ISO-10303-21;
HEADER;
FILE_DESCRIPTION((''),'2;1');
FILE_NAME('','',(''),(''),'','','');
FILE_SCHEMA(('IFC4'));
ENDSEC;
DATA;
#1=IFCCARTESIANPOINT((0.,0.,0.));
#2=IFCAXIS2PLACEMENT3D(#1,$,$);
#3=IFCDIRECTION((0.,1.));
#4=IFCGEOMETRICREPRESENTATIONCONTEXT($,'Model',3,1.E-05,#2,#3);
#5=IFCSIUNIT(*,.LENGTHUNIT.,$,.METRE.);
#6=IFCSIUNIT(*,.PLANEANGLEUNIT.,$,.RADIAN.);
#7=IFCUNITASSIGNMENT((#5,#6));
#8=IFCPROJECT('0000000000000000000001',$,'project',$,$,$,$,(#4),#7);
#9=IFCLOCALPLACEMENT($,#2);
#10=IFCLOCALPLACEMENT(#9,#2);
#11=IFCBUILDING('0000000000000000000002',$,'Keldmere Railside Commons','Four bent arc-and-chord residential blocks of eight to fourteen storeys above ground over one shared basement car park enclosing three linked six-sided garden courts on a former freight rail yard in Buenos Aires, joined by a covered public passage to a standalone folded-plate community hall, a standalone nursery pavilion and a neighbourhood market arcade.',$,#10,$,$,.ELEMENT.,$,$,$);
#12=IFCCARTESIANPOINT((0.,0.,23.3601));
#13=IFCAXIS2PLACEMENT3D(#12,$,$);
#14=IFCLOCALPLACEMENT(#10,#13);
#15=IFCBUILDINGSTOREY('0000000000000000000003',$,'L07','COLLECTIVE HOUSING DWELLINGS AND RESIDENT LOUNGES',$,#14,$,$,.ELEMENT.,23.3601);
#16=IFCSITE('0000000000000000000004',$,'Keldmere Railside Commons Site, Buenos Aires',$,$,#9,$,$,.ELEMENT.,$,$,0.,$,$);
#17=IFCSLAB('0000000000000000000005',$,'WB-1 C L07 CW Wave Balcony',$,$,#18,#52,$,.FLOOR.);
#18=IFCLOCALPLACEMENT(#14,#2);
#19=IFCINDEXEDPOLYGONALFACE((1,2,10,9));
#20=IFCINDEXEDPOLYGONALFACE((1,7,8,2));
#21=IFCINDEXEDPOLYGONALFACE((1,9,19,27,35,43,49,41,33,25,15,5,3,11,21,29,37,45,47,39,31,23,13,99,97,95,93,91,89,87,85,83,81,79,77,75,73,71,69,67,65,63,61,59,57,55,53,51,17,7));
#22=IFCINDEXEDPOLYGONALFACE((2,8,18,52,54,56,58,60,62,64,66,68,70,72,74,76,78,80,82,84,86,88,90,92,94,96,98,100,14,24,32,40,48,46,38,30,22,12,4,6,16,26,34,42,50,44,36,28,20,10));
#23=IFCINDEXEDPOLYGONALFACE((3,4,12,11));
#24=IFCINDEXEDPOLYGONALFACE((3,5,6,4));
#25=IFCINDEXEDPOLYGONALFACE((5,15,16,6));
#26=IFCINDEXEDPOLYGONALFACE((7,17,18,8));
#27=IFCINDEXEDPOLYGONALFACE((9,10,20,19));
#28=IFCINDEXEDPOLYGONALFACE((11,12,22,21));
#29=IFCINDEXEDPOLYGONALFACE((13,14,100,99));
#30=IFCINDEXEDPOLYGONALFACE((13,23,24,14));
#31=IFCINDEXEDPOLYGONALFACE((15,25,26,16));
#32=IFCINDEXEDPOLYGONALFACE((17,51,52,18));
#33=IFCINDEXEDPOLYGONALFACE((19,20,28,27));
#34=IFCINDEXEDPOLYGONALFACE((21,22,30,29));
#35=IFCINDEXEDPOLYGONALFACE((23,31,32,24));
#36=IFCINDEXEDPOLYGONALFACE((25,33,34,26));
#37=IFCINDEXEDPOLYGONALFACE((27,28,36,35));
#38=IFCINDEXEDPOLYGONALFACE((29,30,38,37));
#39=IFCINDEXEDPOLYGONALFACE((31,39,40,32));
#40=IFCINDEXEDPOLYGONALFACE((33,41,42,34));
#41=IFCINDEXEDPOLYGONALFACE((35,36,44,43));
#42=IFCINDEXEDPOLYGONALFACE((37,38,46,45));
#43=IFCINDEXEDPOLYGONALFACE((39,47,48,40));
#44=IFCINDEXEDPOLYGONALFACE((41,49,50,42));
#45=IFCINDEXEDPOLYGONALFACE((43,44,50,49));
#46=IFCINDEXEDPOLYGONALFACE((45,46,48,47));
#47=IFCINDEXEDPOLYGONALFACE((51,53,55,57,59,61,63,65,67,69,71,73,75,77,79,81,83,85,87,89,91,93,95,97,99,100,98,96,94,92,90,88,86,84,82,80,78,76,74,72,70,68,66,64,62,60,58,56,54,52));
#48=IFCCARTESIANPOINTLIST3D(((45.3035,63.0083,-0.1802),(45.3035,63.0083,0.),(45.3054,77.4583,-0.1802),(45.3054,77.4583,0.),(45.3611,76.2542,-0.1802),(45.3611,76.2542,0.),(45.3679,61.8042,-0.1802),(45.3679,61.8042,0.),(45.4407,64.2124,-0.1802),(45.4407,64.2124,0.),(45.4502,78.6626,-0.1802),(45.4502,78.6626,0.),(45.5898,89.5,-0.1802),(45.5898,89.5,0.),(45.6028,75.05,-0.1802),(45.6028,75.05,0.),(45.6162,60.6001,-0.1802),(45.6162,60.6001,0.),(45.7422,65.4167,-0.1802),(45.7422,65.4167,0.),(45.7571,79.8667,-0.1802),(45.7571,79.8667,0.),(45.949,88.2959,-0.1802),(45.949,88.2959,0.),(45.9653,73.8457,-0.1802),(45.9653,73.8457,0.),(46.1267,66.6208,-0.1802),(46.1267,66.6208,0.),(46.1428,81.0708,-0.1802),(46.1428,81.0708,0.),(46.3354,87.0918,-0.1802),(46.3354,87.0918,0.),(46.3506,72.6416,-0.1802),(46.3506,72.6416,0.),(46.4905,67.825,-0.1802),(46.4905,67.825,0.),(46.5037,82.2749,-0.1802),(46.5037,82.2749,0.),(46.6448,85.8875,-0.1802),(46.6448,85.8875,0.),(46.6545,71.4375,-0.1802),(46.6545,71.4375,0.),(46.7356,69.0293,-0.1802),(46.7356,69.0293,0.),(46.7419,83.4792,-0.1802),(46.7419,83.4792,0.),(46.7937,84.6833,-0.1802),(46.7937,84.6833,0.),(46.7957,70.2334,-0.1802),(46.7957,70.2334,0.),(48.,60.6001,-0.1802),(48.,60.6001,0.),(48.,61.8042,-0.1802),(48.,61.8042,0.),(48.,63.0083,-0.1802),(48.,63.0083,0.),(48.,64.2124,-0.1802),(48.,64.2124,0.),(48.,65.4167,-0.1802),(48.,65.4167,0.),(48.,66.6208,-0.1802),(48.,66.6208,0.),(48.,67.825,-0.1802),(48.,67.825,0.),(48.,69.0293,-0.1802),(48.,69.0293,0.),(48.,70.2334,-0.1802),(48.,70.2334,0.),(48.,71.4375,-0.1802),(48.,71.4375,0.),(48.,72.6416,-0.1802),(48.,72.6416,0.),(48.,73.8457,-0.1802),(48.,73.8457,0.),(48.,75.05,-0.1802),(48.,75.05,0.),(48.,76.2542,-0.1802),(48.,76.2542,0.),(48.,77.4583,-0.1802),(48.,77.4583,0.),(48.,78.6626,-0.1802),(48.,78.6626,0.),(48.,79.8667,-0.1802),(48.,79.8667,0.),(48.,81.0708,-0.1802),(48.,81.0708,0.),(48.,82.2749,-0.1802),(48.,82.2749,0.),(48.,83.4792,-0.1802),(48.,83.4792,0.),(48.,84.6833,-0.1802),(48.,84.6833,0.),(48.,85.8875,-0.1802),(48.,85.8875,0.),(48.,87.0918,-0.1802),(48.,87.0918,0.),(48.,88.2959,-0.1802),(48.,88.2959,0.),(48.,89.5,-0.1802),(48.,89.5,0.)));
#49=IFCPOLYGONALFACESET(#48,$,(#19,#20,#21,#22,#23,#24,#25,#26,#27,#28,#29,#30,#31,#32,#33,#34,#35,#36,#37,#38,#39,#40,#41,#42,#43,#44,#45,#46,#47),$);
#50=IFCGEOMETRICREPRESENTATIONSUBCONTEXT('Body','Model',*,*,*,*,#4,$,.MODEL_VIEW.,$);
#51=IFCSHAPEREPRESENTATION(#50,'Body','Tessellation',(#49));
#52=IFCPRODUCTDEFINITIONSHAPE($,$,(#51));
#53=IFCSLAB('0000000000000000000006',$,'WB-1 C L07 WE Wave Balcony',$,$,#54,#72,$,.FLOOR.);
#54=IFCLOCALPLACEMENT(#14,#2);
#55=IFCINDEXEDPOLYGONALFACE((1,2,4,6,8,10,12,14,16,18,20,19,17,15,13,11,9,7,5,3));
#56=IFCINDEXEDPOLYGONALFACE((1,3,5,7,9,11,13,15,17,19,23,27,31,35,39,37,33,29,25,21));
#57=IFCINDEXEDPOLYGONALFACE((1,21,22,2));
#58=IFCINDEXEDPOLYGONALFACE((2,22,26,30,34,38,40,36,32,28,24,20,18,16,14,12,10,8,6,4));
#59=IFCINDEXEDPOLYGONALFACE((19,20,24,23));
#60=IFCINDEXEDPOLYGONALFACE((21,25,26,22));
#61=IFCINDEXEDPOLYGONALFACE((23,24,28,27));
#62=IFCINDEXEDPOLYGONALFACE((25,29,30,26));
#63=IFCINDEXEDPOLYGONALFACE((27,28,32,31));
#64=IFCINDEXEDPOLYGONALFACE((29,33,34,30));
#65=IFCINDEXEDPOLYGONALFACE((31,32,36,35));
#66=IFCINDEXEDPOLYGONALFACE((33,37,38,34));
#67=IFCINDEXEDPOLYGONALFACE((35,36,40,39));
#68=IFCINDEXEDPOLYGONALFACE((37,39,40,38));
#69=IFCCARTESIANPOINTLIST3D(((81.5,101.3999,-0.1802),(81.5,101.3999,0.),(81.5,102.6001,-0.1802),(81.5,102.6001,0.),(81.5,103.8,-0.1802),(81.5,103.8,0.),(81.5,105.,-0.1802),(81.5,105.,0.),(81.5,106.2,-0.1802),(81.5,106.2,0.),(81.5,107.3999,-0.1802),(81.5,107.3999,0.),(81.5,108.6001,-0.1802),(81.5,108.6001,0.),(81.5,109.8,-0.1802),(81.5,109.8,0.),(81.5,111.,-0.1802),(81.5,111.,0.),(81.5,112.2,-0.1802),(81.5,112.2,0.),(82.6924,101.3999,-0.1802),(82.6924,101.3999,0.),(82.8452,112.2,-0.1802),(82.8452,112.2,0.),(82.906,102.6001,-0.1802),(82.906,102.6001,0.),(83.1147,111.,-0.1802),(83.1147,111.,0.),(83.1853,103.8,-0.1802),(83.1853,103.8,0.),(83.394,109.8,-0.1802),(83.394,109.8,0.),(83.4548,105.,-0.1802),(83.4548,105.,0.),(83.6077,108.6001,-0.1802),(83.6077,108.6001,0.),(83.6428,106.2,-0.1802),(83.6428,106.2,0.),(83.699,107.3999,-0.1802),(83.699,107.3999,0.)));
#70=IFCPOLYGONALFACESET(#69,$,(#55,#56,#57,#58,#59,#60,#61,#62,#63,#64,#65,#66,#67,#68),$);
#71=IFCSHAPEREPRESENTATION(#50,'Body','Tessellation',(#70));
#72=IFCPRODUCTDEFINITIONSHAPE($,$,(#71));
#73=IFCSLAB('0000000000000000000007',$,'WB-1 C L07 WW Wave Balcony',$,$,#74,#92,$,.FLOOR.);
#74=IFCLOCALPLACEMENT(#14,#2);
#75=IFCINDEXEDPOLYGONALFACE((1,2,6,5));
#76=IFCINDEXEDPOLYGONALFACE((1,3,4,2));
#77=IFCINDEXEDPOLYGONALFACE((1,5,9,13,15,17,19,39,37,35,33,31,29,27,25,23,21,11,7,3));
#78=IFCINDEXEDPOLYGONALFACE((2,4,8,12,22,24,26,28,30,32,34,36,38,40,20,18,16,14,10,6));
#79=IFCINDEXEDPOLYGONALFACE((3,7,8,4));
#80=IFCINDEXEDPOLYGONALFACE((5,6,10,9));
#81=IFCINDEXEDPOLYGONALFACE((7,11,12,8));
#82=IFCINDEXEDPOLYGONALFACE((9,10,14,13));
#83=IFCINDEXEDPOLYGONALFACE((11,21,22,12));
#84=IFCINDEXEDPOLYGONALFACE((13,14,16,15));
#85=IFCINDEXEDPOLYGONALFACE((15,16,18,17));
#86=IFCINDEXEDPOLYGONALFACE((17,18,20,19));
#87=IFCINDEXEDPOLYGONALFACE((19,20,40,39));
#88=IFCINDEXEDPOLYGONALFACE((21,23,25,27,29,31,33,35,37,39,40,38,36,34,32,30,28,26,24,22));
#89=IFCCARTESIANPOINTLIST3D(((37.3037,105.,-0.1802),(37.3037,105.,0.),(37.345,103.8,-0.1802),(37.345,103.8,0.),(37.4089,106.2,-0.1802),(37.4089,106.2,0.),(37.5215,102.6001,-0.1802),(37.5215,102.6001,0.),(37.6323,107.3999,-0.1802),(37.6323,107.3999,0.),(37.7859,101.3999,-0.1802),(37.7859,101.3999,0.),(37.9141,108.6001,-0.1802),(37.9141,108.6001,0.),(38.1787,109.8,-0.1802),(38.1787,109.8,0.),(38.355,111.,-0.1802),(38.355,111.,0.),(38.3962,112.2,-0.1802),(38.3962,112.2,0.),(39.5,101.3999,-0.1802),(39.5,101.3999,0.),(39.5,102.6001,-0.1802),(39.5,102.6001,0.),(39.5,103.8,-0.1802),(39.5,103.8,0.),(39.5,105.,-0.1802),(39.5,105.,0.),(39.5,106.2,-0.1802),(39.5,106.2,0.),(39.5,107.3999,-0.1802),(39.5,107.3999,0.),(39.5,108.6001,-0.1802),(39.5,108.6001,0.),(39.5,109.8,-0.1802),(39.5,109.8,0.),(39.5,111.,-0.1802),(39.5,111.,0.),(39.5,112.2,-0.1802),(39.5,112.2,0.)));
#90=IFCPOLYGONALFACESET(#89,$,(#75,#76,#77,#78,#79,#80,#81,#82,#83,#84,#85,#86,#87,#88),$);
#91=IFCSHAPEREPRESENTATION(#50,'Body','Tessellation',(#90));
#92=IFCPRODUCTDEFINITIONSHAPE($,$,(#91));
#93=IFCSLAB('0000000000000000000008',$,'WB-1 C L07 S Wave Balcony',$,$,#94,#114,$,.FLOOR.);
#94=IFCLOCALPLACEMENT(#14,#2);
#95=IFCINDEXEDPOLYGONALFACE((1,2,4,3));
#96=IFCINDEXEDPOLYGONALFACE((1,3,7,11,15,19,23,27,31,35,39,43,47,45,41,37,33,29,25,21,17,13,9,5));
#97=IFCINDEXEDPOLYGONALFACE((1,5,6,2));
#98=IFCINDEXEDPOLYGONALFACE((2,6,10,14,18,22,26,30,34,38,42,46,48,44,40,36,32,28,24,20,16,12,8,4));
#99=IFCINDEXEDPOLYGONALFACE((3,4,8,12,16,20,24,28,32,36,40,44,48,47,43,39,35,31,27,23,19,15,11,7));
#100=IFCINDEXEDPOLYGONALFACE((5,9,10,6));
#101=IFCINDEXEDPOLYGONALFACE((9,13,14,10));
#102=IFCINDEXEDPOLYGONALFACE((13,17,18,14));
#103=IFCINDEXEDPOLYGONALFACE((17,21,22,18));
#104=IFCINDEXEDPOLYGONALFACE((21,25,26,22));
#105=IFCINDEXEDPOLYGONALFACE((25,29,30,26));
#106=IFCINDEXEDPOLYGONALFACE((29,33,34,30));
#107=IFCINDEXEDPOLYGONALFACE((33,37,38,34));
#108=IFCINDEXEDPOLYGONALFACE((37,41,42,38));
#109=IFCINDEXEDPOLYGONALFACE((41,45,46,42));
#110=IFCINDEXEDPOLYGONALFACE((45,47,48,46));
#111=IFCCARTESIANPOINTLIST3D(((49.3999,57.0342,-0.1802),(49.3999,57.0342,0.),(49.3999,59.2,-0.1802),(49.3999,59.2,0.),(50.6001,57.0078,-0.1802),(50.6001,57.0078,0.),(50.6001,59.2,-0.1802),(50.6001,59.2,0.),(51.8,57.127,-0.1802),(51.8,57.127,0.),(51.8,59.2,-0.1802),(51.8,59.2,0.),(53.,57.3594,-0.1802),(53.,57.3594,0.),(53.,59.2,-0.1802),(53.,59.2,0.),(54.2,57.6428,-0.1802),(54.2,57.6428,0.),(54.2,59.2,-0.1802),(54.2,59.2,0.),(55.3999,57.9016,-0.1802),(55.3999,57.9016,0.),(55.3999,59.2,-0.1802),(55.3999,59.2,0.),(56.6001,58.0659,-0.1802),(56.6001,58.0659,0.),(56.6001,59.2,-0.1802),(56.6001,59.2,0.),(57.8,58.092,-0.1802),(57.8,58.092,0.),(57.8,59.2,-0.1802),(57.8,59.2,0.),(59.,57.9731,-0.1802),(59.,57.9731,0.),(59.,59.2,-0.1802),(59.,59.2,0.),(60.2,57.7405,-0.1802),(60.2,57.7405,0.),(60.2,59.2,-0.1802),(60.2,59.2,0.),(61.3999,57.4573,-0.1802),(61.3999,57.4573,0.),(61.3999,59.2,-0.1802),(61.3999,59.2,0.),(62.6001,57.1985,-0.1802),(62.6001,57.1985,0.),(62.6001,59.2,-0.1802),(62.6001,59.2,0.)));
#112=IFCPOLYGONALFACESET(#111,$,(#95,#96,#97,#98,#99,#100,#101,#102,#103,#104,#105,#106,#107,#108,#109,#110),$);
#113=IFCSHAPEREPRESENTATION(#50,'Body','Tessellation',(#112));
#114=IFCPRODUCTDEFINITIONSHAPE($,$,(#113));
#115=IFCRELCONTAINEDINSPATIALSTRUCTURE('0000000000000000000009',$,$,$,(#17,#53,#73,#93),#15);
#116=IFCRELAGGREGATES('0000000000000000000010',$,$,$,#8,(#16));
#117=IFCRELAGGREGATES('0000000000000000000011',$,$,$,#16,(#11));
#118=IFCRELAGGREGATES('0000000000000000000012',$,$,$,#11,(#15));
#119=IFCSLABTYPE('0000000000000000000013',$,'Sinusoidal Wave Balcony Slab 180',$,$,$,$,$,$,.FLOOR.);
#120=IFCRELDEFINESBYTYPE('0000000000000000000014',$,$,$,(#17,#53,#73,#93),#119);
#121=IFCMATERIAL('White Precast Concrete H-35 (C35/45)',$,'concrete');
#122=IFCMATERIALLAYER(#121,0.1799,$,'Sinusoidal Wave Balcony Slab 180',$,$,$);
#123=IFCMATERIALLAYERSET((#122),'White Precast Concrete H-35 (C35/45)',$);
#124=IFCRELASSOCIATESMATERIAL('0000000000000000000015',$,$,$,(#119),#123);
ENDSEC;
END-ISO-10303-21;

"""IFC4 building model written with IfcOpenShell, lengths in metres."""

from ifc_helpers import new_model, si_unit, direction, frame, origin, place, context, subcontext, project, spatial, polyline, outline, extrude, material, layer, layer_set, type_object, element, save


model = new_model("IFC4")

# Units and contexts
model_context = context("Model", 3, precision=1e-05, world=origin(), true_north=direction((0.0, 1.0)))
body_context = subcontext(model_context, "Body", "Model", "MODEL_VIEW")
ifc_project = project(units=[si_unit("LENGTHUNIT", "METRE"), si_unit("PLANEANGLEUNIT", "RADIAN")], contexts=[model_context])

# Site, building, storey
site_placement = place(None, origin())
site = spatial("IfcSite", under=ifc_project, at=site_placement, Name="Keldmere Railside Commons Site, Buenos Aires", CompositionType="ELEMENT", RefElevation=0.0)
building_placement = place(site_placement, origin())
building = spatial("IfcBuilding", under=site, at=building_placement, Name="Keldmere Railside Commons", Description="Four bent arc-and-chord residential blocks of eight to fourteen storeys above ground over one shared basement car park enclosing three linked six-sided garden courts on a former freight rail yard in Buenos Aires, joined by a covered public passage to a standalone folded-plate community hall, a standalone nursery pavilion and a neighbourhood market arcade.", CompositionType="ELEMENT")
storey_placement = place(building_placement, frame((0.0, 0.0, 23.3601)))
storey = spatial("IfcBuildingStorey", under=building, at=storey_placement, Name="L07", Description="COLLECTIVE HOUSING DWELLINGS AND RESIDENT LOUNGES", CompositionType="ELEMENT", Elevation=23.3601)

# Slabs
ifc_material_1 = material(Name="White Precast Concrete H-35 (C35/45)", Category="concrete")
ifc_layer_1 = layer(ifc_material_1, 0.1799, Name="Sinusoidal Wave Balcony Slab 180")
ifc_layer_set_1 = layer_set([ifc_layer_1], Name="White Precast Concrete H-35 (C35/45)")
slab_type_1 = type_object("IfcSlabType", Name="Sinusoidal Wave Balcony Slab 180", PredefinedType="FLOOR", material=ifc_layer_set_1)
slab_1_placement = place(storey_placement, frame((0.0, 0.0, -0.1802)))
element("IfcSlab", 1, at=slab_1_placement, inside=storey, type_object=slab_type_1, Name="WB-1 C L07 CW Wave Balcony", PredefinedType="FLOOR", context=body_context, shape_type="SweptSolid", body=[
    extrude(outline(polyline([(48.0, 60.6001), (48.0, 61.8042), (48.0, 63.0083), (48.0, 64.2124), (48.0, 65.4167), (48.0, 66.6208), (48.0, 67.825), (48.0, 69.0293), (48.0, 70.2334), (48.0, 71.4375), (48.0, 72.6416), (48.0, 73.8457), (48.0, 75.05), (48.0, 76.2542), (48.0, 77.4583), (48.0, 78.6626), (48.0, 79.8667), (48.0, 81.0708), (48.0, 82.2749), (48.0, 83.4792), (48.0, 84.6833), (48.0, 85.8875), (48.0, 87.0918), (48.0, 88.2959), (48.0, 89.5), (45.5898, 89.5), (45.949, 88.2959), (46.3354, 87.0918), (46.6448, 85.8875), (46.7937, 84.6833), (46.7419, 83.4792), (46.5037, 82.2749), (46.1428, 81.0708), (45.7571, 79.8667), (45.4502, 78.6626), (45.3054, 77.4583), (45.3611, 76.2542), (45.6028, 75.05), (45.9653, 73.8457), (46.3506, 72.6416), (46.6545, 71.4375), (46.7957, 70.2334), (46.7356, 69.0293), (46.4905, 67.825), (46.1267, 66.6208), (45.7422, 65.4167), (45.4407, 64.2124), (45.3035, 63.0083), (45.3679, 61.8042), (45.6162, 60.6001), (48.0, 60.6001)])), origin(), (0.0, 0.0, 1.0), 0.1802),
])
slab_2_placement = place(storey_placement, frame((0.0, 0.0, -0.1802)))
element("IfcSlab", 2, at=slab_2_placement, inside=storey, type_object=slab_type_1, Name="WB-1 C L07 WE Wave Balcony", PredefinedType="FLOOR", context=body_context, shape_type="SweptSolid", body=[
    extrude(outline(polyline([(82.6924, 101.3999), (82.906, 102.6001), (83.1853, 103.8), (83.4548, 105.0), (83.6428, 106.2), (83.699, 107.3999), (83.6077, 108.6001), (83.394, 109.8), (83.1147, 111.0), (82.8452, 112.2), (81.5, 112.2), (81.5, 111.0), (81.5, 109.8), (81.5, 108.6001), (81.5, 107.3999), (81.5, 106.2), (81.5, 105.0), (81.5, 103.8), (81.5, 102.6001), (81.5, 101.3999), (82.6924, 101.3999)])), origin(), (0.0, 0.0, 1.0), 0.1802),
])
slab_3_placement = place(storey_placement, frame((0.0, 0.0, -0.1802)))
element("IfcSlab", 3, at=slab_3_placement, inside=storey, type_object=slab_type_1, Name="WB-1 C L07 WW Wave Balcony", PredefinedType="FLOOR", context=body_context, shape_type="SweptSolid", body=[
    extrude(outline(polyline([(39.5, 101.3999), (39.5, 102.6001), (39.5, 103.8), (39.5, 105.0), (39.5, 106.2), (39.5, 107.3999), (39.5, 108.6001), (39.5, 109.8), (39.5, 111.0), (39.5, 112.2), (38.3962, 112.2), (38.355, 111.0), (38.1787, 109.8), (37.9141, 108.6001), (37.6323, 107.3999), (37.4089, 106.2), (37.3037, 105.0), (37.345, 103.8), (37.5215, 102.6001), (37.7859, 101.3999), (39.5, 101.3999)])), origin(), (0.0, 0.0, 1.0), 0.1802),
])
slab_4_placement = place(storey_placement, frame((0.0, 0.0, -0.1802)))
element("IfcSlab", 4, at=slab_4_placement, inside=storey, type_object=slab_type_1, Name="WB-1 C L07 S Wave Balcony", PredefinedType="FLOOR", context=body_context, shape_type="SweptSolid", body=[
    extrude(outline(polyline([(49.3999, 57.0342), (50.6001, 57.0078), (51.8, 57.127), (53.0, 57.3594), (54.2, 57.6428), (55.3999, 57.9016), (56.6001, 58.0659), (57.8, 58.092), (59.0, 57.9731), (60.2, 57.7405), (61.3999, 57.4573), (62.6001, 57.1985), (62.6001, 59.2), (61.3999, 59.2), (60.2, 59.2), (59.0, 59.2), (57.8, 59.2), (56.6001, 59.2), (55.3999, 59.2), (54.2, 59.2), (53.0, 59.2), (51.8, 59.2), (50.6001, 59.2), (49.3999, 59.2), (49.3999, 57.0342)])), origin(), (0.0, 0.0, 1.0), 0.1802),
])

save(model, "model.ifc")
